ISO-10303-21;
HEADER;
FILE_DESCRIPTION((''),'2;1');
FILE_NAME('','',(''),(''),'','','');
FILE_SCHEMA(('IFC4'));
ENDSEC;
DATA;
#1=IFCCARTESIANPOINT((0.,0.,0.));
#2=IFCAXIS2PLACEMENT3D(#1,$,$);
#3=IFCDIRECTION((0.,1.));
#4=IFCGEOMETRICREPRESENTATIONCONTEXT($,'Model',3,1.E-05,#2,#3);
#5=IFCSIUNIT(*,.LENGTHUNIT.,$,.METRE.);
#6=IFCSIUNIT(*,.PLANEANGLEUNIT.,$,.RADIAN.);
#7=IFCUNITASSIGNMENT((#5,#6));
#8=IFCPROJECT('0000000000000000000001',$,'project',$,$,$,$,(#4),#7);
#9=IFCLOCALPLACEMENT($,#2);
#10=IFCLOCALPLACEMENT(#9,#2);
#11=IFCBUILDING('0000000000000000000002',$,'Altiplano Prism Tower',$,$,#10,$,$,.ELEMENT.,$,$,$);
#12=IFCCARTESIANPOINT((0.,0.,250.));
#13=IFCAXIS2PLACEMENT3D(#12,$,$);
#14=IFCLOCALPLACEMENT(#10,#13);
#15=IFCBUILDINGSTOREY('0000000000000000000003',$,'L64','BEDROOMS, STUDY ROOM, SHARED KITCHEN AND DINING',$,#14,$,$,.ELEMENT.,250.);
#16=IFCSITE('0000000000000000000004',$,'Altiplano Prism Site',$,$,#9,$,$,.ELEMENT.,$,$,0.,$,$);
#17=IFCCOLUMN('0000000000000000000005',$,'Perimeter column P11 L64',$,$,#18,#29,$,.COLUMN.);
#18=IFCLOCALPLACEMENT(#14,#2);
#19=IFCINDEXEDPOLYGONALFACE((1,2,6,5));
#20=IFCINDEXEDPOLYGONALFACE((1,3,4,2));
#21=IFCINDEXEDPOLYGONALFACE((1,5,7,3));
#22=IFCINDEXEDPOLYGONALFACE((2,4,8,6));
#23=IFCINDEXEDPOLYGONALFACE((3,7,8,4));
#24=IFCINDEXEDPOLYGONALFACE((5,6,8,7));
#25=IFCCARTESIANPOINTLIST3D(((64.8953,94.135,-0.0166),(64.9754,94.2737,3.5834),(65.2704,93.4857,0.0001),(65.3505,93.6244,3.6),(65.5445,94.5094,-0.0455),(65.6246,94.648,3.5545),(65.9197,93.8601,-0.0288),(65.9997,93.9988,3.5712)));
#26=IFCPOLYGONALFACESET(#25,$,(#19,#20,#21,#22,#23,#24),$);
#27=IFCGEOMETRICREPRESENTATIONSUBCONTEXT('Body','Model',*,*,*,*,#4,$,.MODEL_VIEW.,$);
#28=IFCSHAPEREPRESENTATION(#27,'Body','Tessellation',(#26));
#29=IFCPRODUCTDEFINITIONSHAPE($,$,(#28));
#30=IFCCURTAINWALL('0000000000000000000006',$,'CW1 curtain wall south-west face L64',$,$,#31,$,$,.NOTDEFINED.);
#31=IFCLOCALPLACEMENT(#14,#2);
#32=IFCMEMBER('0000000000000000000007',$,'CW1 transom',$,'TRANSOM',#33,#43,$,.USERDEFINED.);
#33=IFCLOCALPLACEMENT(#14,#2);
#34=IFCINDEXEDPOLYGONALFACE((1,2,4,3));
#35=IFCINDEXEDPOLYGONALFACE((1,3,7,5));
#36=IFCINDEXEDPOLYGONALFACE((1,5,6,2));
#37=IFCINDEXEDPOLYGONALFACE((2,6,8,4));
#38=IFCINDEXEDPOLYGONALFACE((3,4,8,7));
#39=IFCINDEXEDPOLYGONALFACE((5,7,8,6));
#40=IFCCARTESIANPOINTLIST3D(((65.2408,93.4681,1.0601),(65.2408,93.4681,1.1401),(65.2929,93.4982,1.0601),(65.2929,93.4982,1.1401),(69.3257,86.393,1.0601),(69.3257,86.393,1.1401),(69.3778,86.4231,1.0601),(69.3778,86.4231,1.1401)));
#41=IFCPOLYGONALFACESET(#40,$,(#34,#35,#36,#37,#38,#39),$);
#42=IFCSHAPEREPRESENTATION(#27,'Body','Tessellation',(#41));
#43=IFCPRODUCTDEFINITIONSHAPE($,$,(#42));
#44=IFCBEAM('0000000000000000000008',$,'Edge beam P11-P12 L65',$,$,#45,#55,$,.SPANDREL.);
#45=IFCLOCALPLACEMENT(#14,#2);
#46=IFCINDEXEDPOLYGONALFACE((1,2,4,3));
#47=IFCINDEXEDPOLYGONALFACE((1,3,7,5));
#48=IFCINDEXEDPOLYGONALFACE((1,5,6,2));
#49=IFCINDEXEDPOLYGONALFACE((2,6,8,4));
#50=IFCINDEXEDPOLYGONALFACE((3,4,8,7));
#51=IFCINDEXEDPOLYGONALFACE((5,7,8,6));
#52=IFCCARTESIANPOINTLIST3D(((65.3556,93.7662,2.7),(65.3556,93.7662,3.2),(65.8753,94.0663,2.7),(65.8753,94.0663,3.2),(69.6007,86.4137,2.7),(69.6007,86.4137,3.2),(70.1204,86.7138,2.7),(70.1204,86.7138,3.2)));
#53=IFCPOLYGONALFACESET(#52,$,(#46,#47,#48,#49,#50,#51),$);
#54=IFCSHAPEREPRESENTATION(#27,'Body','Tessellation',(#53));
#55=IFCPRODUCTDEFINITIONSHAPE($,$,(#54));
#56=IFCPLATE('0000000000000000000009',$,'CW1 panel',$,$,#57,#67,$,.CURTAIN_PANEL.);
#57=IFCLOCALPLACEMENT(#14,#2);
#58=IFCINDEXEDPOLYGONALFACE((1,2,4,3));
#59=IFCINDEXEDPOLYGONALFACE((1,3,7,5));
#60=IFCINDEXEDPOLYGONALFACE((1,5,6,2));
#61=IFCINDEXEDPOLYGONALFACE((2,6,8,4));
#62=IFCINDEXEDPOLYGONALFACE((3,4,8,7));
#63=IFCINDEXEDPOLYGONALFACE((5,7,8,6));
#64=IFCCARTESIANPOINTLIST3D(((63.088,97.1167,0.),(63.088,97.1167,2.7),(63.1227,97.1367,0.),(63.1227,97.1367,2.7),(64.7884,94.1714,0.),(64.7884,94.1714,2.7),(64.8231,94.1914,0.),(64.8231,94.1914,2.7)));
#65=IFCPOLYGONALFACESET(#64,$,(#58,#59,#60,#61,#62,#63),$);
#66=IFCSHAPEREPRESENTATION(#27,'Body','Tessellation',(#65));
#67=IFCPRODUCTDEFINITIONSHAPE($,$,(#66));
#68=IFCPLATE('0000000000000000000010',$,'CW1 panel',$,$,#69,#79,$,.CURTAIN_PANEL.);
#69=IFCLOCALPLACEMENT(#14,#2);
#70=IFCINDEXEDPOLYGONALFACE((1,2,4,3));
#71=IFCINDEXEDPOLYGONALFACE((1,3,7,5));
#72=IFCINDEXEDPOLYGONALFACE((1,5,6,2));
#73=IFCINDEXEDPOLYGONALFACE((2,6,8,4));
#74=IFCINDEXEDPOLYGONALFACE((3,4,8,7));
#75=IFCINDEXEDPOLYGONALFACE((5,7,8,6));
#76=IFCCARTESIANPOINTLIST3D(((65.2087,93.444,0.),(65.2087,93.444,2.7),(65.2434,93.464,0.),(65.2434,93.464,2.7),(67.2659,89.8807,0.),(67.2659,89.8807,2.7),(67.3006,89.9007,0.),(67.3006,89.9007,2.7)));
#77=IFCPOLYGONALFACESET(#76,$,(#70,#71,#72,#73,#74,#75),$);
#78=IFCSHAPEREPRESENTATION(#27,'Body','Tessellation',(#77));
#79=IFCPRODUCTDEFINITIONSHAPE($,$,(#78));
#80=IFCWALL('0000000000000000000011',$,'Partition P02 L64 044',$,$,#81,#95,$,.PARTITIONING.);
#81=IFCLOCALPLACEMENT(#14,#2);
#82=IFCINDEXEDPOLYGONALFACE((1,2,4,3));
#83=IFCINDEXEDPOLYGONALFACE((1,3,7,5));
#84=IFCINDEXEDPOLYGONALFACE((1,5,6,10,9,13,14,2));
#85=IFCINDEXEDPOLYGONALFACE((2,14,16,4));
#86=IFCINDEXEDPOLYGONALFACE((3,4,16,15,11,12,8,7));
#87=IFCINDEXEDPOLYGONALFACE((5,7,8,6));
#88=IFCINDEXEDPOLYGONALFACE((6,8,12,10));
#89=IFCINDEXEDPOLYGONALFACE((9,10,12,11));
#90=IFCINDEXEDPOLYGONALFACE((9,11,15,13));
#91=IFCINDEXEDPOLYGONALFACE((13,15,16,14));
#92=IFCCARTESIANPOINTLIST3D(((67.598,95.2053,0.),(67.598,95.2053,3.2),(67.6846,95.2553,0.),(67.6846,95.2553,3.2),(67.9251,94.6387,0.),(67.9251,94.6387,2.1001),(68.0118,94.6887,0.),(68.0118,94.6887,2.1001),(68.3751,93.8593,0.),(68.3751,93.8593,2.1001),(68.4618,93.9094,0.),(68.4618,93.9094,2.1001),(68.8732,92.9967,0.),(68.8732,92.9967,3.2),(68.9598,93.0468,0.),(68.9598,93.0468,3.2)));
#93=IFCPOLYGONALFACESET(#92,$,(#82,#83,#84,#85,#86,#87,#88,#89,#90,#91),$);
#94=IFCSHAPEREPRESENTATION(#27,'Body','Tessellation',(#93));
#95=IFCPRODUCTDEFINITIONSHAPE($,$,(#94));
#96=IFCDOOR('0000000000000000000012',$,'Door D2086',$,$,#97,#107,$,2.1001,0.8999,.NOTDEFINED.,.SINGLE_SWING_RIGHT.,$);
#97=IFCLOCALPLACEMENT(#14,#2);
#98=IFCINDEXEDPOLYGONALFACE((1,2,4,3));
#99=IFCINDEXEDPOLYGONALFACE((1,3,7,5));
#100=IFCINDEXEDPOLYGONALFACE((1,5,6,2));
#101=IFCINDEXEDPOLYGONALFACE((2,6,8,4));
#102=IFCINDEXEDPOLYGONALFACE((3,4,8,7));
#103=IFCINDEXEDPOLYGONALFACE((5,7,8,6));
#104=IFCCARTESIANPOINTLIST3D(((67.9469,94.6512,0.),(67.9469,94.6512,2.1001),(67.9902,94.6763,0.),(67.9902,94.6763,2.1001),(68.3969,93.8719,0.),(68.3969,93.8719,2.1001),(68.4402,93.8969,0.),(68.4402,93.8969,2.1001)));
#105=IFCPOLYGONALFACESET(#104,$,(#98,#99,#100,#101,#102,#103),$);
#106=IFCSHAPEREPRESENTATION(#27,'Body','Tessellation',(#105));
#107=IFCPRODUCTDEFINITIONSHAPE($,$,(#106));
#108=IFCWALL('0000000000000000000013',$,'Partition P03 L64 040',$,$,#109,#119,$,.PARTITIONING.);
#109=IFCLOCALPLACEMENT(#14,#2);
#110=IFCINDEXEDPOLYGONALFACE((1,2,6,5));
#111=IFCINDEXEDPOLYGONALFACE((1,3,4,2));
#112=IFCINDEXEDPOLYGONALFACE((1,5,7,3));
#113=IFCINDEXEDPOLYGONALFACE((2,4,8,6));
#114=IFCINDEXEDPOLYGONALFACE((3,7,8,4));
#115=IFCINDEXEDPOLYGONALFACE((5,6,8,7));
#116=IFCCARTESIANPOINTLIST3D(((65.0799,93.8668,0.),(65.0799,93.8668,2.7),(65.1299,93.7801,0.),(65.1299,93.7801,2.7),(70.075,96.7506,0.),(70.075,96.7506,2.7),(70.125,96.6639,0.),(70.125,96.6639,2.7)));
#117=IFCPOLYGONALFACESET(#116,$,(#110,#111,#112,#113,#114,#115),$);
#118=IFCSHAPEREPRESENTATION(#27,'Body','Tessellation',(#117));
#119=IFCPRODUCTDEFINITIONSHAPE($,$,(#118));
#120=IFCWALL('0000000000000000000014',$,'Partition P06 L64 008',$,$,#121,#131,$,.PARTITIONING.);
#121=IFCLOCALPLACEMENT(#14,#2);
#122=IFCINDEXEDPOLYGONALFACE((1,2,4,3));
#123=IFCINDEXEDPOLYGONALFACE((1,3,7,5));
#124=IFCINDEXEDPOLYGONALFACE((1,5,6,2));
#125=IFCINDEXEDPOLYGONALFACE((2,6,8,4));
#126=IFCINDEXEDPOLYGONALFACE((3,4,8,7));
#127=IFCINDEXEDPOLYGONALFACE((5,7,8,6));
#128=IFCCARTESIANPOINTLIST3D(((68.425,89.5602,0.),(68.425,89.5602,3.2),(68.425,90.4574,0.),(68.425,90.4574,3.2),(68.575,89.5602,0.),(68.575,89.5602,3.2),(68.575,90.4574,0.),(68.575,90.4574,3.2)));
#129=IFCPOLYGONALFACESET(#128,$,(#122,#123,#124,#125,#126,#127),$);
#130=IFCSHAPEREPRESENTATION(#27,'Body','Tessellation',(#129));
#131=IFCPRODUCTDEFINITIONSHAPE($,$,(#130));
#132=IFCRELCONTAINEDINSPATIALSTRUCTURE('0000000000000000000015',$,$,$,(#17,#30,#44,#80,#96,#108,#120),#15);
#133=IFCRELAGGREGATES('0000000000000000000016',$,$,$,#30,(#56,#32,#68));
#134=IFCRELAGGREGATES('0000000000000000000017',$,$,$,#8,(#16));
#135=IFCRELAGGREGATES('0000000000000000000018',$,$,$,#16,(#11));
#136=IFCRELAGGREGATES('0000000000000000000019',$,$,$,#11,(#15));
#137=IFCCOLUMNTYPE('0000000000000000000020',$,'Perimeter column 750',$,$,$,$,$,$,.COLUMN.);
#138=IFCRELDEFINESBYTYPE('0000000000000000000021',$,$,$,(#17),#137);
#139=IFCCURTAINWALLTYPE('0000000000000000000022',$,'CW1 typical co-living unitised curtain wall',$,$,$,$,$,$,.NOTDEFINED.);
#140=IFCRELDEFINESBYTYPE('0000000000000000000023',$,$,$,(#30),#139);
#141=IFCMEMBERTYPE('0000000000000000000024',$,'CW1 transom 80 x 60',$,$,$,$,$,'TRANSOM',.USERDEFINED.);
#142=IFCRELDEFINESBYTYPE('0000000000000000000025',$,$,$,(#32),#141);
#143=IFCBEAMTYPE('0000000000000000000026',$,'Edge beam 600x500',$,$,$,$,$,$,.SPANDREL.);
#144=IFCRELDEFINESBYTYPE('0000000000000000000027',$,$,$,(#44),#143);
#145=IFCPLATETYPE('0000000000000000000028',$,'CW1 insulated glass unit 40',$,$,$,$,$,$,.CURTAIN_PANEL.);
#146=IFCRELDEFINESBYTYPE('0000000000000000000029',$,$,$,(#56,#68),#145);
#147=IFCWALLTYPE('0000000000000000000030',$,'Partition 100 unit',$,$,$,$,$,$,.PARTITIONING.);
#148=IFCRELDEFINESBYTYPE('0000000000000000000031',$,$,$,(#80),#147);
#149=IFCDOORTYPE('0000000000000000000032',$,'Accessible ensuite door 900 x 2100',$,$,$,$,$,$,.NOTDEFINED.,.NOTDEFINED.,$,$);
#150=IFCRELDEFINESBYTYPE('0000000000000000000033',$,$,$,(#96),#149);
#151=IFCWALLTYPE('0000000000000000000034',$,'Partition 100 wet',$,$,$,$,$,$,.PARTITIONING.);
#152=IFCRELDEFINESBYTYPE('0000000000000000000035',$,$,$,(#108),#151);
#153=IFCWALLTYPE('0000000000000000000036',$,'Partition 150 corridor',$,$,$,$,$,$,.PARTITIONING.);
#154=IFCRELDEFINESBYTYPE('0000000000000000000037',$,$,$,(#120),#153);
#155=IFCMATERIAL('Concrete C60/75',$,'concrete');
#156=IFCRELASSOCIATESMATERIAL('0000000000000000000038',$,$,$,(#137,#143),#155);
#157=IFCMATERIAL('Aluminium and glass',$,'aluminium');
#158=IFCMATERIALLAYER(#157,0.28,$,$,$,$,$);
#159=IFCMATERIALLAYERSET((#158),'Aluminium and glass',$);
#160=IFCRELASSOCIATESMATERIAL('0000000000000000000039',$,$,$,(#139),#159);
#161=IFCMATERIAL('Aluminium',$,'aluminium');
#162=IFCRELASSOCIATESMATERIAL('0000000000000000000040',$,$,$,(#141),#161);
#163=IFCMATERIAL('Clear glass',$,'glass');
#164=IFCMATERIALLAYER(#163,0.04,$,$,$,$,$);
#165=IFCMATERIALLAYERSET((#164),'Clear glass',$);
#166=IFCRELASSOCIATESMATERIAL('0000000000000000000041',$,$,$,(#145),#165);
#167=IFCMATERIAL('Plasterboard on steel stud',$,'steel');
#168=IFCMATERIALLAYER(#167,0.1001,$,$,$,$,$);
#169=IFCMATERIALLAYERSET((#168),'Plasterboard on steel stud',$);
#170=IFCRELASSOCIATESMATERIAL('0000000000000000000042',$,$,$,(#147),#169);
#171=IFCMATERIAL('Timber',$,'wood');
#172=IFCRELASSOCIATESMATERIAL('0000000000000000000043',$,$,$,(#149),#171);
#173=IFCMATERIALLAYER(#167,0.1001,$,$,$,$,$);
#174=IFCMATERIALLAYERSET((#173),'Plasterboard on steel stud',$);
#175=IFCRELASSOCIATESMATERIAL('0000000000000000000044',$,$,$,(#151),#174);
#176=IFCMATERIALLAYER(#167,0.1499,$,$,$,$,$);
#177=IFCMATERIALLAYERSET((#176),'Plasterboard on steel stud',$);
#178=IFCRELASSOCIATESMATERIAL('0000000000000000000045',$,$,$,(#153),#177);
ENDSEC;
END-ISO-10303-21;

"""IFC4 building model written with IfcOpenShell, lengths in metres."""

from ifc_helpers import new_model, si_unit, direction, frame, frame_2d, origin, origin_2d, place, context, subcontext, project, spatial, rectangle, extrude, material, layer, layer_set, material_profile, profile_set, type_object, element, fill, aggregate, save


model = new_model("IFC4")

# Units and contexts
model_context = context("Model", 3, precision=1e-05, world=origin(), true_north=direction((0.0, 1.0)))
body_context = subcontext(model_context, "Body", "Model", "MODEL_VIEW")
ifc_project = project(units=[si_unit("LENGTHUNIT", "METRE"), si_unit("PLANEANGLEUNIT", "RADIAN")], contexts=[model_context])

# Site, building, storey
site_placement = place(None, origin())
site = spatial("IfcSite", under=ifc_project, at=site_placement, Name="Altiplano Prism Site", CompositionType="ELEMENT", RefElevation=0.0)
building_placement = place(site_placement, origin())
building = spatial("IfcBuilding", under=site, at=building_placement, Name="Altiplano Prism Tower", CompositionType="ELEMENT")
storey_placement = place(building_placement, frame((0.0, 0.0, 250.0)))
storey = spatial("IfcBuildingStorey", under=building, at=storey_placement, Name="L64", Description="BEDROOMS, STUDY ROOM, SHARED KITCHEN AND DINING", CompositionType="ELEMENT", Elevation=250.0)

# Column
ifc_material_1 = material(Name="Concrete C60/75", Category="concrete")
ifc_material_profile_1 = material_profile(ifc_material_1, rectangle(XDim=0.75, YDim=0.75, at=origin_2d()), Name="Perimeter column 750")
ifc_profile_set_1 = profile_set([ifc_material_profile_1], Name="Concrete C60/75")
column_type = type_object("IfcColumnType", Name="Perimeter column 750", PredefinedType="COLUMN", material=ifc_profile_set_1)
column_placement = place(storey_placement, frame((65.4075, 93.9976, -0.0227), z_axis=(0.022223, 0.038483, 0.999012), x_axis=(-0.865642, -0.499182, 0.038485)))
element("IfcColumn", 1, at=column_placement, inside=storey, type_object=column_type, Name="Perimeter column P11 L64", PredefinedType="COLUMN", context=body_context, shape_type="SweptSolid", body=[
    extrude(rectangle(XDim=0.75, YDim=0.75, at=origin_2d()), origin(), (0.0, 0.0, 1.0), 3.6035),
])

# Curtain wall, member
ifc_material_2 = material(Name="Aluminium and glass", Category="aluminium")
ifc_layer_1 = layer(ifc_material_2, 0.28)
ifc_layer_set_1 = layer_set([ifc_layer_1], Name="Aluminium and glass")
curtain_wall_type = type_object("IfcCurtainWallType", Name="CW1 typical co-living unitised curtain wall", PredefinedType="NOTDEFINED", material=ifc_layer_set_1)
curtain_wall_placement = place(storey_placement, origin())
curtain_wall = element("IfcCurtainWall", 2, at=curtain_wall_placement, inside=storey, type_object=curtain_wall_type, Name="CW1 curtain wall south-west face L64", PredefinedType="NOTDEFINED")
ifc_material_3 = material(Name="Aluminium", Category="aluminium")
ifc_material_profile_2 = material_profile(ifc_material_3, rectangle(XDim=0.0601, YDim=0.0801, at=origin_2d()), Name="CW1 transom 80 x 60")
ifc_profile_set_2 = profile_set([ifc_material_profile_2], Name="Aluminium")
member_type = type_object("IfcMemberType", Name="CW1 transom 80 x 60", ElementType="TRANSOM", PredefinedType="USERDEFINED", material=ifc_profile_set_2)
member_placement = place(storey_placement, frame((65.2668, 93.4832, 1.1001), z_axis=(0.500009, -0.86602, 0.0), x_axis=(0.86602, 0.500009, 0.0)))
member = element("IfcMember", 3, at=member_placement, type_object=member_type, Name="CW1 transom", ObjectType="TRANSOM", PredefinedType="USERDEFINED", context=body_context, shape_type="SweptSolid", body=[
    extrude(rectangle(XDim=0.0601, YDim=0.0801, at=origin_2d()), origin(), (0.0, 0.0, 1.0), 8.1697),
])

# Beam
ifc_material_profile_3 = material_profile(ifc_material_1, rectangle(XDim=0.6001, YDim=0.5, at=origin_2d()), Name="Edge beam 600x500")
ifc_profile_set_3 = profile_set([ifc_material_profile_3], Name="Concrete C60/75")
beam_type = type_object("IfcBeamType", Name="Edge beam 600x500", PredefinedType="SPANDREL", material=ifc_profile_set_3)
beam_placement = place(storey_placement, frame((65.6155, 93.9163, 2.95), z_axis=(0.500011, -0.866019, 0.0), x_axis=(0.866019, 0.500011, 0.0)))
element("IfcBeam", 4, at=beam_placement, inside=storey, type_object=beam_type, Name="Edge beam P11-P12 L65", PredefinedType="SPANDREL", context=body_context, shape_type="SweptSolid", body=[
    extrude(rectangle(XDim=0.6001, YDim=0.5, at=origin_2d()), origin(), (0.0, 0.0, 1.0), 8.49),
])

# Plates
ifc_material_4 = material(Name="Clear glass", Category="glass")
ifc_layer_2 = layer(ifc_material_4, 0.04)
ifc_layer_set_2 = layer_set([ifc_layer_2], Name="Clear glass")
plate_type = type_object("IfcPlateType", Name="CW1 insulated glass unit 40", PredefinedType="CURTAIN_PANEL", material=ifc_layer_set_2)
plate_1_placement = place(storey_placement, frame((63.9556, 95.6541, 0.0), z_axis=(0.0, 0.0, 1.0), x_axis=(0.5, -0.866025, 0.0)))
plate_1 = element("IfcPlate", 5, at=plate_1_placement, type_object=plate_type, Name="CW1 panel", PredefinedType="CURTAIN_PANEL", context=body_context, shape_type="SweptSolid", body=[
    extrude(rectangle(XDim=3.4009, YDim=0.04, at=origin_2d()), origin(), (0.0, 0.0, 1.0), 2.7),
])
plate_2_placement = place(storey_placement, frame((66.2546, 91.6724, 0.0), z_axis=(0.0, 0.0, 1.0), x_axis=(0.5, -0.866025, 0.0)))
plate_2 = element("IfcPlate", 6, at=plate_2_placement, type_object=plate_type, Name="CW1 panel", PredefinedType="CURTAIN_PANEL", context=body_context, shape_type="SweptSolid", body=[
    extrude(rectangle(XDim=4.1145, YDim=0.04, at=origin_2d()), origin(), (0.0, 0.0, 1.0), 2.7),
])
aggregate(curtain_wall, [plate_1, member, plate_2])

# Wall, opening, door
ifc_material_5 = material(Name="Plasterboard on steel stud", Category="steel")
ifc_layer_3 = layer(ifc_material_5, 0.1001)
ifc_layer_set_3 = layer_set([ifc_layer_3], Name="Plasterboard on steel stud")
wall_type_1 = type_object("IfcWallType", Name="Partition 100 unit", PredefinedType="PARTITIONING", material=ifc_layer_set_3)
wall_1_placement = place(storey_placement, frame((68.9165, 93.0217, 0.0), z_axis=(0.0, 0.0, 1.0), x_axis=(-0.500021, 0.866013, 0.0)))
wall_1 = element("IfcWall", 7, at=wall_1_placement, inside=storey, type_object=wall_type_1, Name="Partition P02 L64 044", PredefinedType="PARTITIONING", context=body_context, shape_type="SweptSolid", body=[
    extrude(rectangle(XDim=2.5503, YDim=0.1001, at=frame_2d((1.2751, 0.0))), origin(), (0.0, 0.0, 1.0), 3.2),
])
opening_placement = place(wall_1_placement, frame((0.9961, 0.0, 0.0)))
opening = element("IfcOpeningElement", 8, at=opening_placement, cuts=wall_1, PredefinedType="OPENING", context=body_context, shape_type="SweptSolid", body=[
    extrude(rectangle(XDim=0.8999, YDim=2.1001, at=frame_2d((0.45, 1.05))), frame((0.0, 0.0605, 0.0), z_axis=(0.0, -1.0, 0.0), x_axis=(1.0, 0.0, 0.0)), (0.0, 0.0, 1.0), 0.1211),
])
ifc_material_6 = material(Name="Timber", Category="wood")
door_type = type_object("IfcDoorType", Name="Accessible ensuite door 900 x 2100", OperationType="NOTDEFINED", PredefinedType="NOTDEFINED", material=ifc_material_6)
door_placement = place(opening_placement, origin())
door = element("IfcDoor", 9, at=door_placement, inside=storey, type_object=door_type, Name="Door D2086", OperationType="SINGLE_SWING_RIGHT", OverallHeight=2.1001, OverallWidth=0.8999, PredefinedType="NOTDEFINED", context=body_context, shape_type="SweptSolid", body=[
    extrude(rectangle(XDim=0.8999, YDim=2.1001, at=frame_2d((0.45, 1.05))), frame((0.0, 0.0249, 0.0), z_axis=(0.0, -1.0, 0.0), x_axis=(1.0, 0.0, 0.0)), (0.0, 0.0, 1.0), 0.05),
])
fill(opening, door)

# Walls
ifc_layer_4 = layer(ifc_material_5, 0.1001)
ifc_layer_set_4 = layer_set([ifc_layer_4], Name="Plasterboard on steel stud")
wall_type_2 = type_object("IfcWallType", Name="Partition 100 wet", PredefinedType="PARTITIONING", material=ifc_layer_set_4)
wall_2_placement = place(storey_placement, frame((65.105, 93.8235, 0.0), z_axis=(0.0, 0.0, 1.0), x_axis=(0.866036, 0.499981, 0.0)))
element("IfcWall", 10, at=wall_2_placement, inside=storey, type_object=wall_type_2, Name="Partition P03 L64 040", PredefinedType="PARTITIONING", context=body_context, shape_type="SweptSolid", body=[
    extrude(rectangle(XDim=5.7678, YDim=0.1001, at=frame_2d((2.8838, 0.0))), origin(), (0.0, 0.0, 1.0), 2.7),
])
ifc_layer_5 = layer(ifc_material_5, 0.1499)
ifc_layer_set_5 = layer_set([ifc_layer_5], Name="Plasterboard on steel stud")
wall_type_3 = type_object("IfcWallType", Name="Partition 150 corridor", PredefinedType="PARTITIONING", material=ifc_layer_set_5)
wall_3_placement = place(storey_placement, frame((68.5, 90.4575, 0.0), z_axis=(0.0, 0.0, 1.0), x_axis=(0.0, -1.0, 0.0)))
element("IfcWall", 11, at=wall_3_placement, inside=storey, type_object=wall_type_3, Name="Partition P06 L64 008", PredefinedType="PARTITIONING", context=body_context, shape_type="SweptSolid", body=[
    extrude(rectangle(XDim=0.8972, YDim=0.1499, at=frame_2d((0.4487, 0.0))), origin(), (0.0, 0.0, 1.0), 3.2),
])

save(model, "model.ifc")
